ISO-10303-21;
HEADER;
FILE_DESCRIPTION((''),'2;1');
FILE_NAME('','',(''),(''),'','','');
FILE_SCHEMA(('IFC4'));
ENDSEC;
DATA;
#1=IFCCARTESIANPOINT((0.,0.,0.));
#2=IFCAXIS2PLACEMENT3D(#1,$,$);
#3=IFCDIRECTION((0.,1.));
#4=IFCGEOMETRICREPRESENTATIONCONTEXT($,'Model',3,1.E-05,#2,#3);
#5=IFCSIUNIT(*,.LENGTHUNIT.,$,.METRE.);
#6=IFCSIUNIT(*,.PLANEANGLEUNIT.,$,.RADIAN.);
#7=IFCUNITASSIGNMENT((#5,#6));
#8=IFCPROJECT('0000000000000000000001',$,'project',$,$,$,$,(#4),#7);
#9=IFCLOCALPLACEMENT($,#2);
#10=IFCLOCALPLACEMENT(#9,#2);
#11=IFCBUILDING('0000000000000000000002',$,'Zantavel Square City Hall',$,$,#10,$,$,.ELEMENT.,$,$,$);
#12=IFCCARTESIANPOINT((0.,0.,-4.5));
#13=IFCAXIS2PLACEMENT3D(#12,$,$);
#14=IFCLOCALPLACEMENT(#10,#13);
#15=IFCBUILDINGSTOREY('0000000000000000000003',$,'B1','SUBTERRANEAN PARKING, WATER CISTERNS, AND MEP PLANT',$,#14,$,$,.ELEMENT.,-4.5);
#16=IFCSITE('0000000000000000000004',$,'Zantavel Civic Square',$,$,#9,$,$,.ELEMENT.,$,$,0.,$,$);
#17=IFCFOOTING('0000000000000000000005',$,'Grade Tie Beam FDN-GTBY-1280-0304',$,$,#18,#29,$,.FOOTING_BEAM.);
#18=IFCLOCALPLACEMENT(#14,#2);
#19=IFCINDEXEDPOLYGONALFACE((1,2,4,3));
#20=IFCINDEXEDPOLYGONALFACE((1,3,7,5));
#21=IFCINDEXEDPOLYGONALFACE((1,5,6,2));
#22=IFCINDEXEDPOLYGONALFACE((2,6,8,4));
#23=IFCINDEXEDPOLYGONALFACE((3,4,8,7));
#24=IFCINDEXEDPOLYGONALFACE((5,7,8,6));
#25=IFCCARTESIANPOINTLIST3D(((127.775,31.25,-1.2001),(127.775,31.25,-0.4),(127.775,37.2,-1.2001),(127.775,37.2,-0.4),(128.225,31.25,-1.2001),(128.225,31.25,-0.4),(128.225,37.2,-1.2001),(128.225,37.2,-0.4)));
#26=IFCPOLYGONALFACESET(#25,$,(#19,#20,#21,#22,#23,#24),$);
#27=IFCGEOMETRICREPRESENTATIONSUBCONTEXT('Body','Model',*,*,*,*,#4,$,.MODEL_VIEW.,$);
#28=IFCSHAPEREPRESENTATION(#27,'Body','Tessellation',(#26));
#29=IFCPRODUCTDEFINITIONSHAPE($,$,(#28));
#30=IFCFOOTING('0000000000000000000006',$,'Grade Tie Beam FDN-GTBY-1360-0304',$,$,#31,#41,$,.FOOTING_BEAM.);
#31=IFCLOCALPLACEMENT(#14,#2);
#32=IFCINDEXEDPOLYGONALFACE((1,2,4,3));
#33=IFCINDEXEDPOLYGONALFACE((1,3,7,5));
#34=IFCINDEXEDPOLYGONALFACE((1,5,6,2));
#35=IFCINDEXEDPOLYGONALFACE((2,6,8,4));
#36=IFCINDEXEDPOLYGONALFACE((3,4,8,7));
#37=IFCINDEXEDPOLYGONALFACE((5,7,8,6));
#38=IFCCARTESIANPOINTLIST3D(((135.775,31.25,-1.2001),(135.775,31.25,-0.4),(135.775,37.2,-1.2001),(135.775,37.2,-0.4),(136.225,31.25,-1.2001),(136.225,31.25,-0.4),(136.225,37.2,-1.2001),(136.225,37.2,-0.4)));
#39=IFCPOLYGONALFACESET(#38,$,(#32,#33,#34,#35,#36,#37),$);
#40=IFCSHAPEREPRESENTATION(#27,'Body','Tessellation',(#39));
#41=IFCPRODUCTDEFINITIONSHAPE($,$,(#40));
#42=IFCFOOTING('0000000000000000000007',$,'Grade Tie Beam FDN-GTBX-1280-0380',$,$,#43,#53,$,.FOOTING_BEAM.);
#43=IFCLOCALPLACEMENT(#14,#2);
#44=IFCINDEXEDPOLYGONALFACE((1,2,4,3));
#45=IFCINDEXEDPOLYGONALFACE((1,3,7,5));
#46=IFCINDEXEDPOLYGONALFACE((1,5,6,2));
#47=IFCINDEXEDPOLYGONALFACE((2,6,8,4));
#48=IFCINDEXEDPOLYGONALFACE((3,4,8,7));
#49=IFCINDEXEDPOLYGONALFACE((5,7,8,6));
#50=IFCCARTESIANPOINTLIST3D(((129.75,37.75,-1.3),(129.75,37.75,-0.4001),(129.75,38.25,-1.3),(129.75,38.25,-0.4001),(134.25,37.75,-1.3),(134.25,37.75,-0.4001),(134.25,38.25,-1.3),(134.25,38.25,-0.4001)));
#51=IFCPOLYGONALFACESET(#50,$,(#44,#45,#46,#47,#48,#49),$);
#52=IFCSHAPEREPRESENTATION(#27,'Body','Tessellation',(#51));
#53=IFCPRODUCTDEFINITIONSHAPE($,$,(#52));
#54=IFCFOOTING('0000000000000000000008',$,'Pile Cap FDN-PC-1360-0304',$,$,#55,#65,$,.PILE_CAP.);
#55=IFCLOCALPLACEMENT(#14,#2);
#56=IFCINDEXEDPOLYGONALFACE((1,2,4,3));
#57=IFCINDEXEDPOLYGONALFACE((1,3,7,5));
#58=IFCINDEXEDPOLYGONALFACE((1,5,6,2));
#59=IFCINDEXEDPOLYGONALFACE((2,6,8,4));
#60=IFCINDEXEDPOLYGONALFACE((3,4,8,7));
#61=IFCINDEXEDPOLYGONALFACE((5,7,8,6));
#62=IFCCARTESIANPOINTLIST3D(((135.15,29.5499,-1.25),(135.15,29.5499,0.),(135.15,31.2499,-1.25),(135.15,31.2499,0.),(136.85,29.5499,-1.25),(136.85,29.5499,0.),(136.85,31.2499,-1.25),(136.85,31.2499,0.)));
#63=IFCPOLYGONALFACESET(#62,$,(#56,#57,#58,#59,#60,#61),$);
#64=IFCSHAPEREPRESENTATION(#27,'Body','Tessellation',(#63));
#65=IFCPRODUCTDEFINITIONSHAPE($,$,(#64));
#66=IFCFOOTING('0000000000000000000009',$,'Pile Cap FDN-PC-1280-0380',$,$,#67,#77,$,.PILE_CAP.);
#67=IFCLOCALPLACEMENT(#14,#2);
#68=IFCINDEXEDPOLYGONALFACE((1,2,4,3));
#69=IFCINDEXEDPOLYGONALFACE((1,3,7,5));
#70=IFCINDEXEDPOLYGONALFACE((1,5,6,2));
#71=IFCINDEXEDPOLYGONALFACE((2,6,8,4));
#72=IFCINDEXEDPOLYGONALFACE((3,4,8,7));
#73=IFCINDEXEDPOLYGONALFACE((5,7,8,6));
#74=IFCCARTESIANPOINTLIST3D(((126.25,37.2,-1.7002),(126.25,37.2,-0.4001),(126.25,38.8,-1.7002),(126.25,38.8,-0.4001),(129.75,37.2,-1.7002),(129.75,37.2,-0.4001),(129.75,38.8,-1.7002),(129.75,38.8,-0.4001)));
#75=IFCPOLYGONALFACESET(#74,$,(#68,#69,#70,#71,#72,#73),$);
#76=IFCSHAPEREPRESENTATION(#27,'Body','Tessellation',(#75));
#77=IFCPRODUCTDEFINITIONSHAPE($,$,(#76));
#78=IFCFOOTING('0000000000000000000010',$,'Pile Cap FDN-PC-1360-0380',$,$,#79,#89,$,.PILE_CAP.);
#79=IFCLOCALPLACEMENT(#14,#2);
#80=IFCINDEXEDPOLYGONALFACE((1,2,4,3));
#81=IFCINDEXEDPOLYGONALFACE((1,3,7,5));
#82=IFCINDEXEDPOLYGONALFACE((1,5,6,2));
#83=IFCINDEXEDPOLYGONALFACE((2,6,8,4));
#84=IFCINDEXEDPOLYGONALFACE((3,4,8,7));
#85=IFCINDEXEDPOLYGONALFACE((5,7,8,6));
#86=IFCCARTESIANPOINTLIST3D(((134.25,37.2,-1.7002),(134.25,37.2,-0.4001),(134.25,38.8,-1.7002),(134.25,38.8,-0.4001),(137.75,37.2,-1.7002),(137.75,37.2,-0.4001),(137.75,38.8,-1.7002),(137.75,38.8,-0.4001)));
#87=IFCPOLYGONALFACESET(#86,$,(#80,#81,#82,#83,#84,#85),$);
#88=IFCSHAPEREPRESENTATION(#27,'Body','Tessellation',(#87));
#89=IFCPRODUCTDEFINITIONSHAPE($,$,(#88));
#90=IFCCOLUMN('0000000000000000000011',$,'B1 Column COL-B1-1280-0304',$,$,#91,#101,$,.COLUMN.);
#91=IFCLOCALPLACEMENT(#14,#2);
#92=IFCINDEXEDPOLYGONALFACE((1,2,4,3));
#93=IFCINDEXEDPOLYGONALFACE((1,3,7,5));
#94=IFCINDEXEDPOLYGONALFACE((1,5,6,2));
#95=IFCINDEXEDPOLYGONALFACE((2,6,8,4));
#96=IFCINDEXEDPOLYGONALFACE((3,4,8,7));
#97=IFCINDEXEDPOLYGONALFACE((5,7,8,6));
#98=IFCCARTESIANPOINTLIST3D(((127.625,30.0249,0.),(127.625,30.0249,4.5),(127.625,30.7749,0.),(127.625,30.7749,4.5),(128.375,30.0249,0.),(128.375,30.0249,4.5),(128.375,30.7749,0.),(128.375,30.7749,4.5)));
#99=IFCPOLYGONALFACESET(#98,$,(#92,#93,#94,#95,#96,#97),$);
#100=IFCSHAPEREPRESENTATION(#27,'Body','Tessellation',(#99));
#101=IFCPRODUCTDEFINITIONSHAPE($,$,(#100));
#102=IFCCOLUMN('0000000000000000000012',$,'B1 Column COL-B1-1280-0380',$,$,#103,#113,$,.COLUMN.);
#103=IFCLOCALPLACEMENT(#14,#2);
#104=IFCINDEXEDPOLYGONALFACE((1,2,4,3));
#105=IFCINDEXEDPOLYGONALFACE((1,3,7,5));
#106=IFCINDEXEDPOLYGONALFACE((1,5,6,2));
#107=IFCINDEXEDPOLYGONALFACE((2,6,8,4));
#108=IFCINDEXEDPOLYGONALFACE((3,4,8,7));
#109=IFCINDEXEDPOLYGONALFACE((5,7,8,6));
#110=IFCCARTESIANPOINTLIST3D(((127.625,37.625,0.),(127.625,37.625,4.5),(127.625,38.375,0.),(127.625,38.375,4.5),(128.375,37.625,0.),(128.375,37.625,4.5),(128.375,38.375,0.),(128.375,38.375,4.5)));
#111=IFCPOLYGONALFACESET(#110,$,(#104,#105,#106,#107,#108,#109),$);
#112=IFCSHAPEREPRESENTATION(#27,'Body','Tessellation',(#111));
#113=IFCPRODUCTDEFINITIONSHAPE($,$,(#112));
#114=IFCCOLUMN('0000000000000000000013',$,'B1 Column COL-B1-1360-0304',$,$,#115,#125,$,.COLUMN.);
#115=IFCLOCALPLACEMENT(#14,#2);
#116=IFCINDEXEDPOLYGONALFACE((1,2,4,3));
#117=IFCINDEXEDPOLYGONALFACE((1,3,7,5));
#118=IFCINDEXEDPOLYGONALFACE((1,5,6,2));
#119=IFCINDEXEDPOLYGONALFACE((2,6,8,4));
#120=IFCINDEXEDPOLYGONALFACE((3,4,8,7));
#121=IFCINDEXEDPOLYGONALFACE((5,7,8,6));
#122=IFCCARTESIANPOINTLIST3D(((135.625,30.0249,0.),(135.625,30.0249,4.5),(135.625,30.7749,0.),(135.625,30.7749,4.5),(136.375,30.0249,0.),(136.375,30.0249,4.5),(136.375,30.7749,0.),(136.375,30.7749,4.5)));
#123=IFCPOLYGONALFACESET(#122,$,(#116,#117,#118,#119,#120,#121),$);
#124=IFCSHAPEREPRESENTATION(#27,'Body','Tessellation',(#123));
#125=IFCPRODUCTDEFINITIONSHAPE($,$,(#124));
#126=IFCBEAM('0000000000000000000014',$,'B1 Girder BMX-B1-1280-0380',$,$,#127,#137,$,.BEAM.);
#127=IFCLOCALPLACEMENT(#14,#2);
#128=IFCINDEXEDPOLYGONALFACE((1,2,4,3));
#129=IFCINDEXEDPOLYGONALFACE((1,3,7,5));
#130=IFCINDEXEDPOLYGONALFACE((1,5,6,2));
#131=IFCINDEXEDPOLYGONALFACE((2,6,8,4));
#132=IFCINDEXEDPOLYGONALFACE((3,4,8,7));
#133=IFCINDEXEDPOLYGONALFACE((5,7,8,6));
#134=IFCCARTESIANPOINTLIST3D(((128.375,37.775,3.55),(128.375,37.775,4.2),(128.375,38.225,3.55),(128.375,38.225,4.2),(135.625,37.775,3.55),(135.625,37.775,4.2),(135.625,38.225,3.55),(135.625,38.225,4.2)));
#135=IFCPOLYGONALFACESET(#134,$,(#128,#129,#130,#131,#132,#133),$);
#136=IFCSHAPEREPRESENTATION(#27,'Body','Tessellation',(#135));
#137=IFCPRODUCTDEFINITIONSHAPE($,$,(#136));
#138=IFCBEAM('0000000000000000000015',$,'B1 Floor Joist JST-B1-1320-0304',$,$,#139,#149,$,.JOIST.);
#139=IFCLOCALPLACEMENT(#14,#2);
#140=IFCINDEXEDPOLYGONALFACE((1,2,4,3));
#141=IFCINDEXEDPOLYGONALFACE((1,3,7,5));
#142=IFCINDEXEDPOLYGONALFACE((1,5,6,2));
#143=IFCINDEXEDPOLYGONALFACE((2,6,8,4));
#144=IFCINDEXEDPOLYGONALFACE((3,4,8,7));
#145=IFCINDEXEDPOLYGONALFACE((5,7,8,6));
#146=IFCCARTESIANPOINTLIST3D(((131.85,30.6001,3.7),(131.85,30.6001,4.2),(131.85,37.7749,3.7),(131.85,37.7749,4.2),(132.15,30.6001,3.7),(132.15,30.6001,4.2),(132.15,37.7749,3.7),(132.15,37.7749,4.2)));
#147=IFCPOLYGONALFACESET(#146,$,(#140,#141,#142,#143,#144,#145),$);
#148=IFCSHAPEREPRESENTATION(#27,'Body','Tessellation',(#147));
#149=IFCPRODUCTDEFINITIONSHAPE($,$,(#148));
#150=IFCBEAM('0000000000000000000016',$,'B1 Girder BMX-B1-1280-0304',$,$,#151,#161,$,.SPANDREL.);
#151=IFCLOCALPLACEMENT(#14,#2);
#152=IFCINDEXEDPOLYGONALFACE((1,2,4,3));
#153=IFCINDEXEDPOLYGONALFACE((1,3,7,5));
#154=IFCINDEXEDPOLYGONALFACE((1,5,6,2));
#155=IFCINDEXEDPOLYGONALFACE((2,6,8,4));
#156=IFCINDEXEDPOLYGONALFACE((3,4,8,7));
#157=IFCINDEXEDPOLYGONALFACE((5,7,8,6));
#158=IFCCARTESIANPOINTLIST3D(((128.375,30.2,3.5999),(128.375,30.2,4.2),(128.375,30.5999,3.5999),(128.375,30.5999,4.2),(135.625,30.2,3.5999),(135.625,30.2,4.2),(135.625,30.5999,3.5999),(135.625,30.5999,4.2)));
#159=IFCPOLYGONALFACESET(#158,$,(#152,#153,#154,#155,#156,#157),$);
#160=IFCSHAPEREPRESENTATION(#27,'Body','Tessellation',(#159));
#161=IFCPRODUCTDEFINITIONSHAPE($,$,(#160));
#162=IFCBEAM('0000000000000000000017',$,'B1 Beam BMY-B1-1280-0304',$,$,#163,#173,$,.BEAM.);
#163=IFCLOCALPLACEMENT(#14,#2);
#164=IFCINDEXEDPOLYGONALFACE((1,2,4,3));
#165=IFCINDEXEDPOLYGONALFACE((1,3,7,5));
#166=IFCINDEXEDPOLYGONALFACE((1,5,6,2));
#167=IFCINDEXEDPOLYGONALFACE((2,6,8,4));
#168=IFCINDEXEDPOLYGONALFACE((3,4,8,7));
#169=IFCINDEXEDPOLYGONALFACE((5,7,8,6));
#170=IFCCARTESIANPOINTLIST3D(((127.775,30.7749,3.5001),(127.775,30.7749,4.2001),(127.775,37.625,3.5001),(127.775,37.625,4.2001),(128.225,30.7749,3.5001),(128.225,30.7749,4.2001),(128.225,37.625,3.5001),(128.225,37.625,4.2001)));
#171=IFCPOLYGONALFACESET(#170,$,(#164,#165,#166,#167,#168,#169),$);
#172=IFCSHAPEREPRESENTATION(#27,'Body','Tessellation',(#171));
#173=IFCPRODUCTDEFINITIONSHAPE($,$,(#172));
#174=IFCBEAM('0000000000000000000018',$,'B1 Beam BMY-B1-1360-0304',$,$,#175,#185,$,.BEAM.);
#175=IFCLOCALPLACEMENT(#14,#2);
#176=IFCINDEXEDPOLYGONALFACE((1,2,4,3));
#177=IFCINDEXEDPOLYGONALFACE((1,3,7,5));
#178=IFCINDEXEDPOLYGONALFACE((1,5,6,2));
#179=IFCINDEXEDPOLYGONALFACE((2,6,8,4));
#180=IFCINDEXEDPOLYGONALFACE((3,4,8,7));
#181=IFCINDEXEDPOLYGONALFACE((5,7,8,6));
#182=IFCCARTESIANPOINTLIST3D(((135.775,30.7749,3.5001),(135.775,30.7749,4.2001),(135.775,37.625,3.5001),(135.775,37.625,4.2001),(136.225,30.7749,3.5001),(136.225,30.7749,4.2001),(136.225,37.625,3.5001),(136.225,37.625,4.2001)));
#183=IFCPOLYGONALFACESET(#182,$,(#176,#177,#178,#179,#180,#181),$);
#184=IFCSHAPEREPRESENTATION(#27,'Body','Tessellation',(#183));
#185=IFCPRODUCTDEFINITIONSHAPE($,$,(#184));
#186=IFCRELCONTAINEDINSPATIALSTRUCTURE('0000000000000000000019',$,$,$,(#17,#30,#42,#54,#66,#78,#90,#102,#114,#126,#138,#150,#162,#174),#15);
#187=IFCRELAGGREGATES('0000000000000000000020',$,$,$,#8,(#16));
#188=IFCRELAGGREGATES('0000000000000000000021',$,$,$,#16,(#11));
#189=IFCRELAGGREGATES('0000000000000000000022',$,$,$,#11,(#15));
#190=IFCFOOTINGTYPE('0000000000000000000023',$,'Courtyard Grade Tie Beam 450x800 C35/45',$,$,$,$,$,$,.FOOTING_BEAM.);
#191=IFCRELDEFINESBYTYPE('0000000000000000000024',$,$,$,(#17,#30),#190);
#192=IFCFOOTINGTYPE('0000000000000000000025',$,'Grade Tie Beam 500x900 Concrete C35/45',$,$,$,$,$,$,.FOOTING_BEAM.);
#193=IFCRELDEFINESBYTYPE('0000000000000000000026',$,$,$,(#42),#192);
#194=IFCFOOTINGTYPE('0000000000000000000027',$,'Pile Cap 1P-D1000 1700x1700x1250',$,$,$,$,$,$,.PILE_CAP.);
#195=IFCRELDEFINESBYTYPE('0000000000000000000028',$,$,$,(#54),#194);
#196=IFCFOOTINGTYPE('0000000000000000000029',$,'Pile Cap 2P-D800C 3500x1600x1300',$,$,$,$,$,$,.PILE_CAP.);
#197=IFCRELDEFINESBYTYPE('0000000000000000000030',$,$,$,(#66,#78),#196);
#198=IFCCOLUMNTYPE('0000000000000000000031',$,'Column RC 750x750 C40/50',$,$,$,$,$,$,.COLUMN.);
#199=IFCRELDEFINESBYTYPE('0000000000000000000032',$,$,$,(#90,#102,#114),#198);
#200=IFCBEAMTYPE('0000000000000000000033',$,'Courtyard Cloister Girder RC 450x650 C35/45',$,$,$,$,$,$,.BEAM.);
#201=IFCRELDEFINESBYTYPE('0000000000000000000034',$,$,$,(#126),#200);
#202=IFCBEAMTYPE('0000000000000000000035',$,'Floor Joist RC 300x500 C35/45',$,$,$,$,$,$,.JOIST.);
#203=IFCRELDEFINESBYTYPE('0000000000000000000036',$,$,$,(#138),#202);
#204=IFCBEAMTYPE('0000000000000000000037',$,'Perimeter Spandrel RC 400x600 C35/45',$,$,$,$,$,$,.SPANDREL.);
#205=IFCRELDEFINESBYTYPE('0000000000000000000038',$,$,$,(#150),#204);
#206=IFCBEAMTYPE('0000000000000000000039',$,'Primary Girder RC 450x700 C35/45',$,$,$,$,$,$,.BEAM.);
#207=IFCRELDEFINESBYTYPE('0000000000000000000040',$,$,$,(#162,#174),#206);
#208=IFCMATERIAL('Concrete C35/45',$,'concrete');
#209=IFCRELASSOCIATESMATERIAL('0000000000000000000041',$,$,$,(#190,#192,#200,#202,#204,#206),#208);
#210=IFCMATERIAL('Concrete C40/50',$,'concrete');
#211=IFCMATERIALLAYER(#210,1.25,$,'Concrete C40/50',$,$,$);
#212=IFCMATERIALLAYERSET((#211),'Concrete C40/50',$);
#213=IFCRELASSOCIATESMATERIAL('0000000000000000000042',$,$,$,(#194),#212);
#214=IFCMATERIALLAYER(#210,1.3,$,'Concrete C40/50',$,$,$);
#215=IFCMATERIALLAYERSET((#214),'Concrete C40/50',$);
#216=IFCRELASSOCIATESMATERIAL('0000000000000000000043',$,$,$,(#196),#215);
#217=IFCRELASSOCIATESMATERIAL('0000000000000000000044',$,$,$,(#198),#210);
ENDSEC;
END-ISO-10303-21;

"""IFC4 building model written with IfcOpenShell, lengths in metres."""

from ifc_helpers import new_model, si_unit, direction, frame, origin, origin_2d, place, context, subcontext, project, spatial, rectangle, extrude, material, layer, layer_set, material_profile, profile_set, type_object, element, save


model = new_model("IFC4")

# Units and contexts
model_context = context("Model", 3, precision=1e-05, world=origin(), true_north=direction((0.0, 1.0)))
body_context = subcontext(model_context, "Body", "Model", "MODEL_VIEW")
ifc_project = project(units=[si_unit("LENGTHUNIT", "METRE"), si_unit("PLANEANGLEUNIT", "RADIAN")], contexts=[model_context])

# Site, building, storey
site_placement = place(None, origin())
site = spatial("IfcSite", under=ifc_project, at=site_placement, Name="Zantavel Civic Square", CompositionType="ELEMENT", RefElevation=0.0)
building_placement = place(site_placement, origin())
building = spatial("IfcBuilding", under=site, at=building_placement, Name="Zantavel Square City Hall", CompositionType="ELEMENT")
storey_placement = place(building_placement, frame((0.0, 0.0, -4.5)))
storey = spatial("IfcBuildingStorey", under=building, at=storey_placement, Name="B1", Description="SUBTERRANEAN PARKING, WATER CISTERNS, AND MEP PLANT", CompositionType="ELEMENT", Elevation=-4.5)

# Shared definitions
ifc_material_1 = material(Name="Concrete C35/45", Category="concrete")

# Footings
ifc_material_profile_1 = material_profile(ifc_material_1, rectangle(XDim=0.45, YDim=0.8, at=origin_2d()), Name="RC 450x800")
ifc_profile_set_1 = profile_set([ifc_material_profile_1], Name="Concrete C35/45")
footing_type_1 = type_object("IfcFootingType", Name="Courtyard Grade Tie Beam 450x800 C35/45", PredefinedType="FOOTING_BEAM", material=ifc_profile_set_1)
for number, where, z_axis, x_axis, name in (
    (1, (128.0, 31.25, -0.8), (0.0, 1.0, 0.0), (-1.0, 0.0, 0.0), "Grade Tie Beam FDN-GTBY-1280-0304"),
    (2, (136.0, 31.25, -0.8), (0.0, 1.0, 0.0), (-1.0, 0.0, 0.0), "Grade Tie Beam FDN-GTBY-1360-0304"),
):
    element("IfcFooting", number, at=place(storey_placement, frame(where, z_axis=z_axis, x_axis=x_axis)), inside=storey, type_object=footing_type_1, Name=name, PredefinedType="FOOTING_BEAM", context=body_context, shape_type="SweptSolid", body=[
        extrude(rectangle(XDim=0.45, YDim=0.8, at=origin_2d()), origin(), (0.0, 0.0, 1.0), 5.95),
    ])
ifc_material_profile_2 = material_profile(ifc_material_1, rectangle(XDim=0.5, YDim=0.8999, at=origin_2d()), Name="RC 500x900")
ifc_profile_set_2 = profile_set([ifc_material_profile_2], Name="Concrete C35/45")
footing_type_2 = type_object("IfcFootingType", Name="Grade Tie Beam 500x900 Concrete C35/45", PredefinedType="FOOTING_BEAM", material=ifc_profile_set_2)
footing_1_placement = place(storey_placement, frame((129.75, 38.0, -0.8501), z_axis=(1.0, 0.0, 0.0), x_axis=(0.0, 1.0, 0.0)))
element("IfcFooting", 3, at=footing_1_placement, inside=storey, type_object=footing_type_2, Name="Grade Tie Beam FDN-GTBX-1280-0380", PredefinedType="FOOTING_BEAM", context=body_context, shape_type="SweptSolid", body=[
    extrude(rectangle(XDim=0.5, YDim=0.8999, at=origin_2d()), origin(), (0.0, 0.0, 1.0), 4.5),
])
ifc_material_2 = material(Name="Concrete C40/50", Category="concrete")
ifc_layer_1 = layer(ifc_material_2, 1.25, Name="Concrete C40/50")
ifc_layer_set_1 = layer_set([ifc_layer_1], Name="Concrete C40/50")
footing_type_3 = type_object("IfcFootingType", Name="Pile Cap 1P-D1000 1700x1700x1250", PredefinedType="PILE_CAP", material=ifc_layer_set_1)
footing_2_placement = place(storey_placement, frame((136.0, 30.3999, -1.25), z_axis=(0.0, 0.0, 1.0), x_axis=(1.0, 0.0, 0.0)))
element("IfcFooting", 4, at=footing_2_placement, inside=storey, type_object=footing_type_3, Name="Pile Cap FDN-PC-1360-0304", PredefinedType="PILE_CAP", context=body_context, shape_type="SweptSolid", body=[
    extrude(rectangle(XDim=1.7, YDim=1.7, at=origin_2d()), origin(), (0.0, 0.0, 1.0), 1.25),
])
ifc_layer_2 = layer(ifc_material_2, 1.3, Name="Concrete C40/50")
ifc_layer_set_2 = layer_set([ifc_layer_2], Name="Concrete C40/50")
footing_type_4 = type_object("IfcFootingType", Name="Pile Cap 2P-D800C 3500x1600x1300", PredefinedType="PILE_CAP", material=ifc_layer_set_2)
for number, where, z_axis, x_axis, name in (
    (5, (128.0, 38.0, -1.7002), (0.0, 0.0, 1.0), (1.0, 0.0, 0.0), "Pile Cap FDN-PC-1280-0380"),
    (6, (136.0, 38.0, -1.7002), (0.0, 0.0, 1.0), (1.0, 0.0, 0.0), "Pile Cap FDN-PC-1360-0380"),
):
    element("IfcFooting", number, at=place(storey_placement, frame(where, z_axis=z_axis, x_axis=x_axis)), inside=storey, type_object=footing_type_4, Name=name, PredefinedType="PILE_CAP", context=body_context, shape_type="SweptSolid", body=[
        extrude(rectangle(XDim=3.5, YDim=1.6001, at=origin_2d()), origin(), (0.0, 0.0, 1.0), 1.3),
    ])

# Columns
ifc_material_profile_3 = material_profile(ifc_material_2, rectangle(XDim=0.75, YDim=0.75, at=origin_2d()), Name="RC 750x750")
ifc_profile_set_3 = profile_set([ifc_material_profile_3], Name="Concrete C40/50")
column_type = type_object("IfcColumnType", Name="Column RC 750x750 C40/50", PredefinedType="COLUMN", material=ifc_profile_set_3)
for number, where, z_axis, x_axis, name in (
    (7, (128.0, 30.3999, 0.0), (0.0, 0.0, 1.0), (1.0, 0.0, 0.0), "B1 Column COL-B1-1280-0304"),
    (8, (128.0, 38.0, 0.0), (0.0, 0.0, 1.0), (1.0, 0.0, 0.0), "B1 Column COL-B1-1280-0380"),
    (9, (136.0, 30.3999, 0.0), (0.0, 0.0, 1.0), (1.0, 0.0, 0.0), "B1 Column COL-B1-1360-0304"),
):
    element("IfcColumn", number, at=place(storey_placement, frame(where, z_axis=z_axis, x_axis=x_axis)), inside=storey, type_object=column_type, Name=name, PredefinedType="COLUMN", context=body_context, shape_type="SweptSolid", body=[
        extrude(rectangle(XDim=0.75, YDim=0.75, at=origin_2d()), origin(), (0.0, 0.0, 1.0), 4.5),
    ])

# Beams
ifc_material_profile_4 = material_profile(ifc_material_1, rectangle(XDim=0.45, YDim=0.6499, at=origin_2d()), Name="RC 450x650")
ifc_profile_set_4 = profile_set([ifc_material_profile_4], Name="Concrete C35/45")
beam_type_1 = type_object("IfcBeamType", Name="Courtyard Cloister Girder RC 450x650 C35/45", PredefinedType="BEAM", material=ifc_profile_set_4)
beam_1_placement = place(storey_placement, frame((128.375, 38.0, 3.875), z_axis=(1.0, 0.0, 0.0), x_axis=(0.0, 1.0, 0.0)))
element("IfcBeam", 10, at=beam_1_placement, inside=storey, type_object=beam_type_1, Name="B1 Girder BMX-B1-1280-0380", PredefinedType="BEAM", context=body_context, shape_type="SweptSolid", body=[
    extrude(rectangle(XDim=0.45, YDim=0.6499, at=origin_2d()), origin(), (0.0, 0.0, 1.0), 7.25),
])
ifc_material_profile_5 = material_profile(ifc_material_1, rectangle(XDim=0.3, YDim=0.5, at=origin_2d()), Name="RC 300x500")
ifc_profile_set_5 = profile_set([ifc_material_profile_5], Name="Concrete C35/45")
beam_type_2 = type_object("IfcBeamType", Name="Floor Joist RC 300x500 C35/45", PredefinedType="JOIST", material=ifc_profile_set_5)
beam_2_placement = place(storey_placement, frame((132.0, 30.6001, 3.95), z_axis=(0.0, 1.0, 0.0), x_axis=(-1.0, 0.0, 0.0)))
element("IfcBeam", 11, at=beam_2_placement, inside=storey, type_object=beam_type_2, Name="B1 Floor Joist JST-B1-1320-0304", PredefinedType="JOIST", context=body_context, shape_type="SweptSolid", body=[
    extrude(rectangle(XDim=0.3, YDim=0.5, at=origin_2d()), origin(), (0.0, 0.0, 1.0), 7.1748),
])
ifc_material_profile_6 = material_profile(ifc_material_1, rectangle(XDim=0.3999, YDim=0.6001, at=origin_2d()), Name="RC 400x600")
ifc_profile_set_6 = profile_set([ifc_material_profile_6], Name="Concrete C35/45")
beam_type_3 = type_object("IfcBeamType", Name="Perimeter Spandrel RC 400x600 C35/45", PredefinedType="SPANDREL", material=ifc_profile_set_6)
beam_3_placement = place(storey_placement, frame((128.375, 30.3999, 3.8999), z_axis=(1.0, 0.0, 0.0), x_axis=(0.0, 1.0, 0.0)))
element("IfcBeam", 12, at=beam_3_placement, inside=storey, type_object=beam_type_3, Name="B1 Girder BMX-B1-1280-0304", PredefinedType="SPANDREL", context=body_context, shape_type="SweptSolid", body=[
    extrude(rectangle(XDim=0.3999, YDim=0.6001, at=origin_2d()), origin(), (0.0, 0.0, 1.0), 7.25),
])
ifc_material_profile_7 = material_profile(ifc_material_1, rectangle(XDim=0.45, YDim=0.7, at=origin_2d()), Name="RC 450x700")
ifc_profile_set_7 = profile_set([ifc_material_profile_7], Name="Concrete C35/45")
beam_type_4 = type_object("IfcBeamType", Name="Primary Girder RC 450x700 C35/45", PredefinedType="BEAM", material=ifc_profile_set_7)
for number, where, z_axis, x_axis, name in (
    (13, (128.0, 30.7749, 3.8501), (0.0, 1.0, 0.0), (-1.0, 0.0, 0.0), "B1 Beam BMY-B1-1280-0304"),
    (14, (136.0, 30.7749, 3.8501), (0.0, 1.0, 0.0), (-1.0, 0.0, 0.0), "B1 Beam BMY-B1-1360-0304"),
):
    element("IfcBeam", number, at=place(storey_placement, frame(where, z_axis=z_axis, x_axis=x_axis)), inside=storey, type_object=beam_type_4, Name=name, PredefinedType="BEAM", context=body_context, shape_type="SweptSolid", body=[
        extrude(rectangle(XDim=0.45, YDim=0.7, at=origin_2d()), origin(), (0.0, 0.0, 1.0), 6.8501),
    ])

save(model, "model.ifc")
